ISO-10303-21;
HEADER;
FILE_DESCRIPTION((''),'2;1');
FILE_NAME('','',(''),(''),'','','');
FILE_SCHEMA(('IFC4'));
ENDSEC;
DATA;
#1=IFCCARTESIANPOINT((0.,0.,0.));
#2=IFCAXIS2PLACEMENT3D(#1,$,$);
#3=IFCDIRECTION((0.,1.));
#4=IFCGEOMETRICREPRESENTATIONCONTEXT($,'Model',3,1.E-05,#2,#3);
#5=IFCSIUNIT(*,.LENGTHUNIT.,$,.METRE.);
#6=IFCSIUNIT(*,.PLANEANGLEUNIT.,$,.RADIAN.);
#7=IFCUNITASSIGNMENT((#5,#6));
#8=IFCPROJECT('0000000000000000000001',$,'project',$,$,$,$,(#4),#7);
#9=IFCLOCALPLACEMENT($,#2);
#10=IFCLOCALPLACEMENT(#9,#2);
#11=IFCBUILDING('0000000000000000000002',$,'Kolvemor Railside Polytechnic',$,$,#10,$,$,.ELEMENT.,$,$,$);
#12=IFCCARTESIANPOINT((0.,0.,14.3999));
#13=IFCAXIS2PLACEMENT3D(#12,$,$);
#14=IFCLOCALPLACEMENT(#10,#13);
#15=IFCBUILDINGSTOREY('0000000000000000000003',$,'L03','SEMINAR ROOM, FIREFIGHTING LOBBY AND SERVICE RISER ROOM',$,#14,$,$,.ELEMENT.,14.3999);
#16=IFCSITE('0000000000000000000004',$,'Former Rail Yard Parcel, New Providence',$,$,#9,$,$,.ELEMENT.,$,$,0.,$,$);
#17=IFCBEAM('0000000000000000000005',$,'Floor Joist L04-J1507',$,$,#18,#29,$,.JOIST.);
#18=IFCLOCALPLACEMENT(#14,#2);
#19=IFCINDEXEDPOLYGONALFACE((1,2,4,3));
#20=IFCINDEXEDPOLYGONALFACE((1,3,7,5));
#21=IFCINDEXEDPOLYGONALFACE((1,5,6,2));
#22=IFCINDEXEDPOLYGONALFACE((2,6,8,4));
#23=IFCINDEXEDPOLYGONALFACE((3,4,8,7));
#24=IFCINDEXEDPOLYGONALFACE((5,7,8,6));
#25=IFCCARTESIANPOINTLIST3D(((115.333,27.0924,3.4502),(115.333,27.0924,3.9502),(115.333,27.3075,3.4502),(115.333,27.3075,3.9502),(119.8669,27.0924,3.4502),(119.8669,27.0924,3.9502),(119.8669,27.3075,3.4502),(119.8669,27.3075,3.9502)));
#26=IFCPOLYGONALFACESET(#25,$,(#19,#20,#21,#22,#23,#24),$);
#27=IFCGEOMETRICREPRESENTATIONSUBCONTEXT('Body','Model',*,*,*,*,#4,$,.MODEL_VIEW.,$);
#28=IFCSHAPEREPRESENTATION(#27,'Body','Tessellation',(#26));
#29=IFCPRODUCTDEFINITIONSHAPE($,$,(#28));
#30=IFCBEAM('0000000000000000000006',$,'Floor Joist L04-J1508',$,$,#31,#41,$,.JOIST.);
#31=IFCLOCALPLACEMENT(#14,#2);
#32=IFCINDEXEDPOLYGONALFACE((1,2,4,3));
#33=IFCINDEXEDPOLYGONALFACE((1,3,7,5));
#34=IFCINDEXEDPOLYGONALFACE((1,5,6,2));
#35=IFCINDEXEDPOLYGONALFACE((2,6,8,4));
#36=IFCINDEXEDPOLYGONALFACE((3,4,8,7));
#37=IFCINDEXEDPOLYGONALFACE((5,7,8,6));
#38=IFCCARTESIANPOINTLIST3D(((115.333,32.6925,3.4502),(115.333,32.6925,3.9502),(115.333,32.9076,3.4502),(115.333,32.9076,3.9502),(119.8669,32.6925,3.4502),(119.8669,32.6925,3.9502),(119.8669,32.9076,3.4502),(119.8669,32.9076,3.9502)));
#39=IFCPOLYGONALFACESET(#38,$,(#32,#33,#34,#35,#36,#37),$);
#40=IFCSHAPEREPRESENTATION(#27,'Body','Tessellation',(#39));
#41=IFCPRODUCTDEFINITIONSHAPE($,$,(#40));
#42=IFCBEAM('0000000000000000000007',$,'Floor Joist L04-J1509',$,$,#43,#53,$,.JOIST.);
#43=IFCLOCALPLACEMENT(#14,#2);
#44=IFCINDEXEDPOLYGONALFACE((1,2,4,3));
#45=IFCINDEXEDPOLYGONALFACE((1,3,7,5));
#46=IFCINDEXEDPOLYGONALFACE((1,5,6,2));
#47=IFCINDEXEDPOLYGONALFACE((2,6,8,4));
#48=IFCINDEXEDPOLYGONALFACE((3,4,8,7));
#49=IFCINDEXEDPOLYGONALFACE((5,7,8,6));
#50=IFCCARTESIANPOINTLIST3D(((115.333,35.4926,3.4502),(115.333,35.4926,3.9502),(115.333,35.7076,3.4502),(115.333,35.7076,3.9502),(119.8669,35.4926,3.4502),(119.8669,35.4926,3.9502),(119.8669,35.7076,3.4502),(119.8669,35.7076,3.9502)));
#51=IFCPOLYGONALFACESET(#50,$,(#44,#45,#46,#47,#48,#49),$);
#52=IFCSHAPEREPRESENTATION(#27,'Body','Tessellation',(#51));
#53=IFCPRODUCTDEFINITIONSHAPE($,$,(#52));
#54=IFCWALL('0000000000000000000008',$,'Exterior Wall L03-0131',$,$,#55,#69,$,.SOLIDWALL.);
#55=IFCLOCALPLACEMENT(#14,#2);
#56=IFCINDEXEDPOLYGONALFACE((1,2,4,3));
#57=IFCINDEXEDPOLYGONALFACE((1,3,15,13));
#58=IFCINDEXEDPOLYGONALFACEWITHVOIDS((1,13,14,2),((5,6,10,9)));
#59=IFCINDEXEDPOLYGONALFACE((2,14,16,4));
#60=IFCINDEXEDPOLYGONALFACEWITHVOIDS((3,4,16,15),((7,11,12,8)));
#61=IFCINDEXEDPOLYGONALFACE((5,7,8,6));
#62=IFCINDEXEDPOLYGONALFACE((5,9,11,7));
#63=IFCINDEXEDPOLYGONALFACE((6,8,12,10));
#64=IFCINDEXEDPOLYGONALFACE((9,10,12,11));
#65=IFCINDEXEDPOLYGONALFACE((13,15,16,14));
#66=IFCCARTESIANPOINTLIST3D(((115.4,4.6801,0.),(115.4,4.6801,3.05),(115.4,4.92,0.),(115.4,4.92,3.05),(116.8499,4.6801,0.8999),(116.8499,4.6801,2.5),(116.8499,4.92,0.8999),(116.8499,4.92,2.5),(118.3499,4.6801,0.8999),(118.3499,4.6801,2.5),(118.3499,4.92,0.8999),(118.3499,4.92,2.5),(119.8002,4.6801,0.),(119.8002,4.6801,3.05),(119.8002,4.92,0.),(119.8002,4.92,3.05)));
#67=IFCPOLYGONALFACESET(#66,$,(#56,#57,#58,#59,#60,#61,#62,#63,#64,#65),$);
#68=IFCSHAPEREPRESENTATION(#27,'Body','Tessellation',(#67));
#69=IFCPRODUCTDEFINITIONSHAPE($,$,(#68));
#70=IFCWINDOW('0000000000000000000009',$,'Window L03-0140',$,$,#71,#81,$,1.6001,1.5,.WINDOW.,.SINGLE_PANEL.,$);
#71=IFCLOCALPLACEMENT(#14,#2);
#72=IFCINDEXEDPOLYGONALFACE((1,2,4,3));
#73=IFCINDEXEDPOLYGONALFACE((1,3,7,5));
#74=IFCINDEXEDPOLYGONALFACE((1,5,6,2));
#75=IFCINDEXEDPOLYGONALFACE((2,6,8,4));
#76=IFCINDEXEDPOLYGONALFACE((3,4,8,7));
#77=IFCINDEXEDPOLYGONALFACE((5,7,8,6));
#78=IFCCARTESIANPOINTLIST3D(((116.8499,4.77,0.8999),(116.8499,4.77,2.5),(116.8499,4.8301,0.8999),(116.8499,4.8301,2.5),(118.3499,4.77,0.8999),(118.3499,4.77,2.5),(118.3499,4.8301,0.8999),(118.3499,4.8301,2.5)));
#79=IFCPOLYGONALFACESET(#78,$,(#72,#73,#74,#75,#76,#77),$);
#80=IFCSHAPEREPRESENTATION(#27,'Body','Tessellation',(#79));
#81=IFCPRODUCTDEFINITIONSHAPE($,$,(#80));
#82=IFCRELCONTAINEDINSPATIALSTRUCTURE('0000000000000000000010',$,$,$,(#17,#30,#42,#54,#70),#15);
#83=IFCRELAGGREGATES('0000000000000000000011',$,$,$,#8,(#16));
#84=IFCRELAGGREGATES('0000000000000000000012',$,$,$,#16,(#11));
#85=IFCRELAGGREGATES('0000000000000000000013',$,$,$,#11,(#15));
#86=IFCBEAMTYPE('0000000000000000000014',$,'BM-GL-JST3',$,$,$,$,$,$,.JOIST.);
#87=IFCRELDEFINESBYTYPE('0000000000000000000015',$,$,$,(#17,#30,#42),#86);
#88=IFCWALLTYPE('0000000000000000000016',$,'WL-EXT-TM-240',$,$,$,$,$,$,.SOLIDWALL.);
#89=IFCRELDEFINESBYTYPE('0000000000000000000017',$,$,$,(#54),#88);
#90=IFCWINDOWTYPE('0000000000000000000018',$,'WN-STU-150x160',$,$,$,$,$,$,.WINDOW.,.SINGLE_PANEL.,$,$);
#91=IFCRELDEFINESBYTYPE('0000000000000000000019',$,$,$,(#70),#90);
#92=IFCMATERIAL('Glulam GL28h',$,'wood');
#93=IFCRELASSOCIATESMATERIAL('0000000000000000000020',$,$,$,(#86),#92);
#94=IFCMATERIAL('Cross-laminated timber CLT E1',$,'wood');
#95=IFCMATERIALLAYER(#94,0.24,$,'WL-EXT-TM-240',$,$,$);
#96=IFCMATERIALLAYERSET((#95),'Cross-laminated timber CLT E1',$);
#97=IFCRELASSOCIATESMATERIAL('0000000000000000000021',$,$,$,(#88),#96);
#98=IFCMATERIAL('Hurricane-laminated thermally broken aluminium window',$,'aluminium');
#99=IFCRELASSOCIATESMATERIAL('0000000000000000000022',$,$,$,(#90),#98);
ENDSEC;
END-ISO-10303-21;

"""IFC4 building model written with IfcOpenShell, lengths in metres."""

from ifc_helpers import new_model, si_unit, direction, frame, frame_2d, origin, origin_2d, place, context, subcontext, project, spatial, rectangle, extrude, material, layer, layer_set, material_profile, profile_set, type_object, element, fill, save


model = new_model("IFC4")

# Units and contexts
model_context = context("Model", 3, precision=1e-05, world=origin(), true_north=direction((0.0, 1.0)))
body_context = subcontext(model_context, "Body", "Model", "MODEL_VIEW")
ifc_project = project(units=[si_unit("LENGTHUNIT", "METRE"), si_unit("PLANEANGLEUNIT", "RADIAN")], contexts=[model_context])

# Site, building, storey
site_placement = place(None, origin())
site = spatial("IfcSite", under=ifc_project, at=site_placement, Name="Former Rail Yard Parcel, New Providence", CompositionType="ELEMENT", RefElevation=0.0)
building_placement = place(site_placement, origin())
building = spatial("IfcBuilding", under=site, at=building_placement, Name="Kolvemor Railside Polytechnic", CompositionType="ELEMENT")
storey_placement = place(building_placement, frame((0.0, 0.0, 14.3999)))
storey = spatial("IfcBuildingStorey", under=building, at=storey_placement, Name="L03", Description="SEMINAR ROOM, FIREFIGHTING LOBBY AND SERVICE RISER ROOM", CompositionType="ELEMENT", Elevation=14.3999)

# Beams
ifc_material_1 = material(Name="Glulam GL28h", Category="wood")
ifc_material_profile_1 = material_profile(ifc_material_1, rectangle(XDim=0.2151, YDim=0.5, at=origin_2d()), Name="GL215x500")
ifc_profile_set_1 = profile_set([ifc_material_profile_1], Name="Glulam GL28h")
beam_type_1 = type_object("IfcBeamType", Name="BM-GL-JST3", PredefinedType="JOIST", material=ifc_profile_set_1)
for number, where, z_axis, x_axis, name in (
    (1, (115.333, 27.2, 3.7002), (1.0, 0.0, 0.0), (0.0, 1.0, 0.0), "Floor Joist L04-J1507"),
    (2, (115.333, 32.8, 3.7002), (1.0, 0.0, 0.0), (0.0, 1.0, 0.0), "Floor Joist L04-J1508"),
    (3, (115.333, 35.6001, 3.7002), (1.0, 0.0, 0.0), (0.0, 1.0, 0.0), "Floor Joist L04-J1509"),
):
    element("IfcBeam", number, at=place(storey_placement, frame(where, z_axis=z_axis, x_axis=x_axis)), inside=storey, type_object=beam_type_1, Name=name, PredefinedType="JOIST", context=body_context, shape_type="SweptSolid", body=[
        extrude(rectangle(XDim=0.2151, YDim=0.5, at=origin_2d()), origin(), (0.0, 0.0, 1.0), 4.5339),
    ])

# Wall, opening, window
ifc_material_2 = material(Name="Cross-laminated timber CLT E1", Category="wood")
ifc_layer_1 = layer(ifc_material_2, 0.24, Name="WL-EXT-TM-240")
ifc_layer_set_1 = layer_set([ifc_layer_1], Name="Cross-laminated timber CLT E1")
wall_type_1 = type_object("IfcWallType", Name="WL-EXT-TM-240", PredefinedType="SOLIDWALL", material=ifc_layer_set_1)
wall_1_placement = place(storey_placement, frame((115.3999, 4.8, 0.0), z_axis=(0.0, 0.0, 1.0), x_axis=(1.0, 0.0, 0.0)))
wall_1 = element("IfcWall", 4, at=wall_1_placement, inside=storey, type_object=wall_type_1, Name="Exterior Wall L03-0131", PredefinedType="SOLIDWALL", context=body_context, shape_type="SweptSolid", body=[
    extrude(rectangle(XDim=4.4001, YDim=0.24, at=frame_2d((2.2002, 0.0))), origin(), (0.0, 0.0, 1.0), 3.05),
])
opening_1_placement = place(wall_1_placement, frame((1.45, 0.0, 0.8999)))
opening_1 = element("IfcOpeningElement", 5, at=opening_1_placement, cuts=wall_1, PredefinedType="OPENING", context=body_context, shape_type="SweptSolid", body=[
    extrude(rectangle(XDim=1.5, YDim=1.6001, at=frame_2d((0.75, 0.8))), frame((0.0, 0.1299, 0.0), z_axis=(0.0, -1.0, 0.0), x_axis=(1.0, 0.0, 0.0)), (0.0, 0.0, 1.0), 0.26),
])
ifc_material_3 = material(Name="Hurricane-laminated thermally broken aluminium window", Category="aluminium")
window_type = type_object("IfcWindowType", Name="WN-STU-150x160", PartitioningType="SINGLE_PANEL", PredefinedType="WINDOW", material=ifc_material_3)
window_placement = place(opening_1_placement, origin())
window = element("IfcWindow", 6, at=window_placement, inside=storey, type_object=window_type, Name="Window L03-0140", OverallHeight=1.6001, OverallWidth=1.5, PartitioningType="SINGLE_PANEL", PredefinedType="WINDOW", context=body_context, shape_type="SweptSolid", body=[
    extrude(rectangle(XDim=1.5, YDim=1.6001, at=frame_2d((0.75, 0.8))), frame((0.0, 0.03, 0.0), z_axis=(0.0, -1.0, 0.0), x_axis=(1.0, 0.0, 0.0)), (0.0, 0.0, 1.0), 0.0601),
])
fill(opening_1, window)

save(model, "model.ifc")
